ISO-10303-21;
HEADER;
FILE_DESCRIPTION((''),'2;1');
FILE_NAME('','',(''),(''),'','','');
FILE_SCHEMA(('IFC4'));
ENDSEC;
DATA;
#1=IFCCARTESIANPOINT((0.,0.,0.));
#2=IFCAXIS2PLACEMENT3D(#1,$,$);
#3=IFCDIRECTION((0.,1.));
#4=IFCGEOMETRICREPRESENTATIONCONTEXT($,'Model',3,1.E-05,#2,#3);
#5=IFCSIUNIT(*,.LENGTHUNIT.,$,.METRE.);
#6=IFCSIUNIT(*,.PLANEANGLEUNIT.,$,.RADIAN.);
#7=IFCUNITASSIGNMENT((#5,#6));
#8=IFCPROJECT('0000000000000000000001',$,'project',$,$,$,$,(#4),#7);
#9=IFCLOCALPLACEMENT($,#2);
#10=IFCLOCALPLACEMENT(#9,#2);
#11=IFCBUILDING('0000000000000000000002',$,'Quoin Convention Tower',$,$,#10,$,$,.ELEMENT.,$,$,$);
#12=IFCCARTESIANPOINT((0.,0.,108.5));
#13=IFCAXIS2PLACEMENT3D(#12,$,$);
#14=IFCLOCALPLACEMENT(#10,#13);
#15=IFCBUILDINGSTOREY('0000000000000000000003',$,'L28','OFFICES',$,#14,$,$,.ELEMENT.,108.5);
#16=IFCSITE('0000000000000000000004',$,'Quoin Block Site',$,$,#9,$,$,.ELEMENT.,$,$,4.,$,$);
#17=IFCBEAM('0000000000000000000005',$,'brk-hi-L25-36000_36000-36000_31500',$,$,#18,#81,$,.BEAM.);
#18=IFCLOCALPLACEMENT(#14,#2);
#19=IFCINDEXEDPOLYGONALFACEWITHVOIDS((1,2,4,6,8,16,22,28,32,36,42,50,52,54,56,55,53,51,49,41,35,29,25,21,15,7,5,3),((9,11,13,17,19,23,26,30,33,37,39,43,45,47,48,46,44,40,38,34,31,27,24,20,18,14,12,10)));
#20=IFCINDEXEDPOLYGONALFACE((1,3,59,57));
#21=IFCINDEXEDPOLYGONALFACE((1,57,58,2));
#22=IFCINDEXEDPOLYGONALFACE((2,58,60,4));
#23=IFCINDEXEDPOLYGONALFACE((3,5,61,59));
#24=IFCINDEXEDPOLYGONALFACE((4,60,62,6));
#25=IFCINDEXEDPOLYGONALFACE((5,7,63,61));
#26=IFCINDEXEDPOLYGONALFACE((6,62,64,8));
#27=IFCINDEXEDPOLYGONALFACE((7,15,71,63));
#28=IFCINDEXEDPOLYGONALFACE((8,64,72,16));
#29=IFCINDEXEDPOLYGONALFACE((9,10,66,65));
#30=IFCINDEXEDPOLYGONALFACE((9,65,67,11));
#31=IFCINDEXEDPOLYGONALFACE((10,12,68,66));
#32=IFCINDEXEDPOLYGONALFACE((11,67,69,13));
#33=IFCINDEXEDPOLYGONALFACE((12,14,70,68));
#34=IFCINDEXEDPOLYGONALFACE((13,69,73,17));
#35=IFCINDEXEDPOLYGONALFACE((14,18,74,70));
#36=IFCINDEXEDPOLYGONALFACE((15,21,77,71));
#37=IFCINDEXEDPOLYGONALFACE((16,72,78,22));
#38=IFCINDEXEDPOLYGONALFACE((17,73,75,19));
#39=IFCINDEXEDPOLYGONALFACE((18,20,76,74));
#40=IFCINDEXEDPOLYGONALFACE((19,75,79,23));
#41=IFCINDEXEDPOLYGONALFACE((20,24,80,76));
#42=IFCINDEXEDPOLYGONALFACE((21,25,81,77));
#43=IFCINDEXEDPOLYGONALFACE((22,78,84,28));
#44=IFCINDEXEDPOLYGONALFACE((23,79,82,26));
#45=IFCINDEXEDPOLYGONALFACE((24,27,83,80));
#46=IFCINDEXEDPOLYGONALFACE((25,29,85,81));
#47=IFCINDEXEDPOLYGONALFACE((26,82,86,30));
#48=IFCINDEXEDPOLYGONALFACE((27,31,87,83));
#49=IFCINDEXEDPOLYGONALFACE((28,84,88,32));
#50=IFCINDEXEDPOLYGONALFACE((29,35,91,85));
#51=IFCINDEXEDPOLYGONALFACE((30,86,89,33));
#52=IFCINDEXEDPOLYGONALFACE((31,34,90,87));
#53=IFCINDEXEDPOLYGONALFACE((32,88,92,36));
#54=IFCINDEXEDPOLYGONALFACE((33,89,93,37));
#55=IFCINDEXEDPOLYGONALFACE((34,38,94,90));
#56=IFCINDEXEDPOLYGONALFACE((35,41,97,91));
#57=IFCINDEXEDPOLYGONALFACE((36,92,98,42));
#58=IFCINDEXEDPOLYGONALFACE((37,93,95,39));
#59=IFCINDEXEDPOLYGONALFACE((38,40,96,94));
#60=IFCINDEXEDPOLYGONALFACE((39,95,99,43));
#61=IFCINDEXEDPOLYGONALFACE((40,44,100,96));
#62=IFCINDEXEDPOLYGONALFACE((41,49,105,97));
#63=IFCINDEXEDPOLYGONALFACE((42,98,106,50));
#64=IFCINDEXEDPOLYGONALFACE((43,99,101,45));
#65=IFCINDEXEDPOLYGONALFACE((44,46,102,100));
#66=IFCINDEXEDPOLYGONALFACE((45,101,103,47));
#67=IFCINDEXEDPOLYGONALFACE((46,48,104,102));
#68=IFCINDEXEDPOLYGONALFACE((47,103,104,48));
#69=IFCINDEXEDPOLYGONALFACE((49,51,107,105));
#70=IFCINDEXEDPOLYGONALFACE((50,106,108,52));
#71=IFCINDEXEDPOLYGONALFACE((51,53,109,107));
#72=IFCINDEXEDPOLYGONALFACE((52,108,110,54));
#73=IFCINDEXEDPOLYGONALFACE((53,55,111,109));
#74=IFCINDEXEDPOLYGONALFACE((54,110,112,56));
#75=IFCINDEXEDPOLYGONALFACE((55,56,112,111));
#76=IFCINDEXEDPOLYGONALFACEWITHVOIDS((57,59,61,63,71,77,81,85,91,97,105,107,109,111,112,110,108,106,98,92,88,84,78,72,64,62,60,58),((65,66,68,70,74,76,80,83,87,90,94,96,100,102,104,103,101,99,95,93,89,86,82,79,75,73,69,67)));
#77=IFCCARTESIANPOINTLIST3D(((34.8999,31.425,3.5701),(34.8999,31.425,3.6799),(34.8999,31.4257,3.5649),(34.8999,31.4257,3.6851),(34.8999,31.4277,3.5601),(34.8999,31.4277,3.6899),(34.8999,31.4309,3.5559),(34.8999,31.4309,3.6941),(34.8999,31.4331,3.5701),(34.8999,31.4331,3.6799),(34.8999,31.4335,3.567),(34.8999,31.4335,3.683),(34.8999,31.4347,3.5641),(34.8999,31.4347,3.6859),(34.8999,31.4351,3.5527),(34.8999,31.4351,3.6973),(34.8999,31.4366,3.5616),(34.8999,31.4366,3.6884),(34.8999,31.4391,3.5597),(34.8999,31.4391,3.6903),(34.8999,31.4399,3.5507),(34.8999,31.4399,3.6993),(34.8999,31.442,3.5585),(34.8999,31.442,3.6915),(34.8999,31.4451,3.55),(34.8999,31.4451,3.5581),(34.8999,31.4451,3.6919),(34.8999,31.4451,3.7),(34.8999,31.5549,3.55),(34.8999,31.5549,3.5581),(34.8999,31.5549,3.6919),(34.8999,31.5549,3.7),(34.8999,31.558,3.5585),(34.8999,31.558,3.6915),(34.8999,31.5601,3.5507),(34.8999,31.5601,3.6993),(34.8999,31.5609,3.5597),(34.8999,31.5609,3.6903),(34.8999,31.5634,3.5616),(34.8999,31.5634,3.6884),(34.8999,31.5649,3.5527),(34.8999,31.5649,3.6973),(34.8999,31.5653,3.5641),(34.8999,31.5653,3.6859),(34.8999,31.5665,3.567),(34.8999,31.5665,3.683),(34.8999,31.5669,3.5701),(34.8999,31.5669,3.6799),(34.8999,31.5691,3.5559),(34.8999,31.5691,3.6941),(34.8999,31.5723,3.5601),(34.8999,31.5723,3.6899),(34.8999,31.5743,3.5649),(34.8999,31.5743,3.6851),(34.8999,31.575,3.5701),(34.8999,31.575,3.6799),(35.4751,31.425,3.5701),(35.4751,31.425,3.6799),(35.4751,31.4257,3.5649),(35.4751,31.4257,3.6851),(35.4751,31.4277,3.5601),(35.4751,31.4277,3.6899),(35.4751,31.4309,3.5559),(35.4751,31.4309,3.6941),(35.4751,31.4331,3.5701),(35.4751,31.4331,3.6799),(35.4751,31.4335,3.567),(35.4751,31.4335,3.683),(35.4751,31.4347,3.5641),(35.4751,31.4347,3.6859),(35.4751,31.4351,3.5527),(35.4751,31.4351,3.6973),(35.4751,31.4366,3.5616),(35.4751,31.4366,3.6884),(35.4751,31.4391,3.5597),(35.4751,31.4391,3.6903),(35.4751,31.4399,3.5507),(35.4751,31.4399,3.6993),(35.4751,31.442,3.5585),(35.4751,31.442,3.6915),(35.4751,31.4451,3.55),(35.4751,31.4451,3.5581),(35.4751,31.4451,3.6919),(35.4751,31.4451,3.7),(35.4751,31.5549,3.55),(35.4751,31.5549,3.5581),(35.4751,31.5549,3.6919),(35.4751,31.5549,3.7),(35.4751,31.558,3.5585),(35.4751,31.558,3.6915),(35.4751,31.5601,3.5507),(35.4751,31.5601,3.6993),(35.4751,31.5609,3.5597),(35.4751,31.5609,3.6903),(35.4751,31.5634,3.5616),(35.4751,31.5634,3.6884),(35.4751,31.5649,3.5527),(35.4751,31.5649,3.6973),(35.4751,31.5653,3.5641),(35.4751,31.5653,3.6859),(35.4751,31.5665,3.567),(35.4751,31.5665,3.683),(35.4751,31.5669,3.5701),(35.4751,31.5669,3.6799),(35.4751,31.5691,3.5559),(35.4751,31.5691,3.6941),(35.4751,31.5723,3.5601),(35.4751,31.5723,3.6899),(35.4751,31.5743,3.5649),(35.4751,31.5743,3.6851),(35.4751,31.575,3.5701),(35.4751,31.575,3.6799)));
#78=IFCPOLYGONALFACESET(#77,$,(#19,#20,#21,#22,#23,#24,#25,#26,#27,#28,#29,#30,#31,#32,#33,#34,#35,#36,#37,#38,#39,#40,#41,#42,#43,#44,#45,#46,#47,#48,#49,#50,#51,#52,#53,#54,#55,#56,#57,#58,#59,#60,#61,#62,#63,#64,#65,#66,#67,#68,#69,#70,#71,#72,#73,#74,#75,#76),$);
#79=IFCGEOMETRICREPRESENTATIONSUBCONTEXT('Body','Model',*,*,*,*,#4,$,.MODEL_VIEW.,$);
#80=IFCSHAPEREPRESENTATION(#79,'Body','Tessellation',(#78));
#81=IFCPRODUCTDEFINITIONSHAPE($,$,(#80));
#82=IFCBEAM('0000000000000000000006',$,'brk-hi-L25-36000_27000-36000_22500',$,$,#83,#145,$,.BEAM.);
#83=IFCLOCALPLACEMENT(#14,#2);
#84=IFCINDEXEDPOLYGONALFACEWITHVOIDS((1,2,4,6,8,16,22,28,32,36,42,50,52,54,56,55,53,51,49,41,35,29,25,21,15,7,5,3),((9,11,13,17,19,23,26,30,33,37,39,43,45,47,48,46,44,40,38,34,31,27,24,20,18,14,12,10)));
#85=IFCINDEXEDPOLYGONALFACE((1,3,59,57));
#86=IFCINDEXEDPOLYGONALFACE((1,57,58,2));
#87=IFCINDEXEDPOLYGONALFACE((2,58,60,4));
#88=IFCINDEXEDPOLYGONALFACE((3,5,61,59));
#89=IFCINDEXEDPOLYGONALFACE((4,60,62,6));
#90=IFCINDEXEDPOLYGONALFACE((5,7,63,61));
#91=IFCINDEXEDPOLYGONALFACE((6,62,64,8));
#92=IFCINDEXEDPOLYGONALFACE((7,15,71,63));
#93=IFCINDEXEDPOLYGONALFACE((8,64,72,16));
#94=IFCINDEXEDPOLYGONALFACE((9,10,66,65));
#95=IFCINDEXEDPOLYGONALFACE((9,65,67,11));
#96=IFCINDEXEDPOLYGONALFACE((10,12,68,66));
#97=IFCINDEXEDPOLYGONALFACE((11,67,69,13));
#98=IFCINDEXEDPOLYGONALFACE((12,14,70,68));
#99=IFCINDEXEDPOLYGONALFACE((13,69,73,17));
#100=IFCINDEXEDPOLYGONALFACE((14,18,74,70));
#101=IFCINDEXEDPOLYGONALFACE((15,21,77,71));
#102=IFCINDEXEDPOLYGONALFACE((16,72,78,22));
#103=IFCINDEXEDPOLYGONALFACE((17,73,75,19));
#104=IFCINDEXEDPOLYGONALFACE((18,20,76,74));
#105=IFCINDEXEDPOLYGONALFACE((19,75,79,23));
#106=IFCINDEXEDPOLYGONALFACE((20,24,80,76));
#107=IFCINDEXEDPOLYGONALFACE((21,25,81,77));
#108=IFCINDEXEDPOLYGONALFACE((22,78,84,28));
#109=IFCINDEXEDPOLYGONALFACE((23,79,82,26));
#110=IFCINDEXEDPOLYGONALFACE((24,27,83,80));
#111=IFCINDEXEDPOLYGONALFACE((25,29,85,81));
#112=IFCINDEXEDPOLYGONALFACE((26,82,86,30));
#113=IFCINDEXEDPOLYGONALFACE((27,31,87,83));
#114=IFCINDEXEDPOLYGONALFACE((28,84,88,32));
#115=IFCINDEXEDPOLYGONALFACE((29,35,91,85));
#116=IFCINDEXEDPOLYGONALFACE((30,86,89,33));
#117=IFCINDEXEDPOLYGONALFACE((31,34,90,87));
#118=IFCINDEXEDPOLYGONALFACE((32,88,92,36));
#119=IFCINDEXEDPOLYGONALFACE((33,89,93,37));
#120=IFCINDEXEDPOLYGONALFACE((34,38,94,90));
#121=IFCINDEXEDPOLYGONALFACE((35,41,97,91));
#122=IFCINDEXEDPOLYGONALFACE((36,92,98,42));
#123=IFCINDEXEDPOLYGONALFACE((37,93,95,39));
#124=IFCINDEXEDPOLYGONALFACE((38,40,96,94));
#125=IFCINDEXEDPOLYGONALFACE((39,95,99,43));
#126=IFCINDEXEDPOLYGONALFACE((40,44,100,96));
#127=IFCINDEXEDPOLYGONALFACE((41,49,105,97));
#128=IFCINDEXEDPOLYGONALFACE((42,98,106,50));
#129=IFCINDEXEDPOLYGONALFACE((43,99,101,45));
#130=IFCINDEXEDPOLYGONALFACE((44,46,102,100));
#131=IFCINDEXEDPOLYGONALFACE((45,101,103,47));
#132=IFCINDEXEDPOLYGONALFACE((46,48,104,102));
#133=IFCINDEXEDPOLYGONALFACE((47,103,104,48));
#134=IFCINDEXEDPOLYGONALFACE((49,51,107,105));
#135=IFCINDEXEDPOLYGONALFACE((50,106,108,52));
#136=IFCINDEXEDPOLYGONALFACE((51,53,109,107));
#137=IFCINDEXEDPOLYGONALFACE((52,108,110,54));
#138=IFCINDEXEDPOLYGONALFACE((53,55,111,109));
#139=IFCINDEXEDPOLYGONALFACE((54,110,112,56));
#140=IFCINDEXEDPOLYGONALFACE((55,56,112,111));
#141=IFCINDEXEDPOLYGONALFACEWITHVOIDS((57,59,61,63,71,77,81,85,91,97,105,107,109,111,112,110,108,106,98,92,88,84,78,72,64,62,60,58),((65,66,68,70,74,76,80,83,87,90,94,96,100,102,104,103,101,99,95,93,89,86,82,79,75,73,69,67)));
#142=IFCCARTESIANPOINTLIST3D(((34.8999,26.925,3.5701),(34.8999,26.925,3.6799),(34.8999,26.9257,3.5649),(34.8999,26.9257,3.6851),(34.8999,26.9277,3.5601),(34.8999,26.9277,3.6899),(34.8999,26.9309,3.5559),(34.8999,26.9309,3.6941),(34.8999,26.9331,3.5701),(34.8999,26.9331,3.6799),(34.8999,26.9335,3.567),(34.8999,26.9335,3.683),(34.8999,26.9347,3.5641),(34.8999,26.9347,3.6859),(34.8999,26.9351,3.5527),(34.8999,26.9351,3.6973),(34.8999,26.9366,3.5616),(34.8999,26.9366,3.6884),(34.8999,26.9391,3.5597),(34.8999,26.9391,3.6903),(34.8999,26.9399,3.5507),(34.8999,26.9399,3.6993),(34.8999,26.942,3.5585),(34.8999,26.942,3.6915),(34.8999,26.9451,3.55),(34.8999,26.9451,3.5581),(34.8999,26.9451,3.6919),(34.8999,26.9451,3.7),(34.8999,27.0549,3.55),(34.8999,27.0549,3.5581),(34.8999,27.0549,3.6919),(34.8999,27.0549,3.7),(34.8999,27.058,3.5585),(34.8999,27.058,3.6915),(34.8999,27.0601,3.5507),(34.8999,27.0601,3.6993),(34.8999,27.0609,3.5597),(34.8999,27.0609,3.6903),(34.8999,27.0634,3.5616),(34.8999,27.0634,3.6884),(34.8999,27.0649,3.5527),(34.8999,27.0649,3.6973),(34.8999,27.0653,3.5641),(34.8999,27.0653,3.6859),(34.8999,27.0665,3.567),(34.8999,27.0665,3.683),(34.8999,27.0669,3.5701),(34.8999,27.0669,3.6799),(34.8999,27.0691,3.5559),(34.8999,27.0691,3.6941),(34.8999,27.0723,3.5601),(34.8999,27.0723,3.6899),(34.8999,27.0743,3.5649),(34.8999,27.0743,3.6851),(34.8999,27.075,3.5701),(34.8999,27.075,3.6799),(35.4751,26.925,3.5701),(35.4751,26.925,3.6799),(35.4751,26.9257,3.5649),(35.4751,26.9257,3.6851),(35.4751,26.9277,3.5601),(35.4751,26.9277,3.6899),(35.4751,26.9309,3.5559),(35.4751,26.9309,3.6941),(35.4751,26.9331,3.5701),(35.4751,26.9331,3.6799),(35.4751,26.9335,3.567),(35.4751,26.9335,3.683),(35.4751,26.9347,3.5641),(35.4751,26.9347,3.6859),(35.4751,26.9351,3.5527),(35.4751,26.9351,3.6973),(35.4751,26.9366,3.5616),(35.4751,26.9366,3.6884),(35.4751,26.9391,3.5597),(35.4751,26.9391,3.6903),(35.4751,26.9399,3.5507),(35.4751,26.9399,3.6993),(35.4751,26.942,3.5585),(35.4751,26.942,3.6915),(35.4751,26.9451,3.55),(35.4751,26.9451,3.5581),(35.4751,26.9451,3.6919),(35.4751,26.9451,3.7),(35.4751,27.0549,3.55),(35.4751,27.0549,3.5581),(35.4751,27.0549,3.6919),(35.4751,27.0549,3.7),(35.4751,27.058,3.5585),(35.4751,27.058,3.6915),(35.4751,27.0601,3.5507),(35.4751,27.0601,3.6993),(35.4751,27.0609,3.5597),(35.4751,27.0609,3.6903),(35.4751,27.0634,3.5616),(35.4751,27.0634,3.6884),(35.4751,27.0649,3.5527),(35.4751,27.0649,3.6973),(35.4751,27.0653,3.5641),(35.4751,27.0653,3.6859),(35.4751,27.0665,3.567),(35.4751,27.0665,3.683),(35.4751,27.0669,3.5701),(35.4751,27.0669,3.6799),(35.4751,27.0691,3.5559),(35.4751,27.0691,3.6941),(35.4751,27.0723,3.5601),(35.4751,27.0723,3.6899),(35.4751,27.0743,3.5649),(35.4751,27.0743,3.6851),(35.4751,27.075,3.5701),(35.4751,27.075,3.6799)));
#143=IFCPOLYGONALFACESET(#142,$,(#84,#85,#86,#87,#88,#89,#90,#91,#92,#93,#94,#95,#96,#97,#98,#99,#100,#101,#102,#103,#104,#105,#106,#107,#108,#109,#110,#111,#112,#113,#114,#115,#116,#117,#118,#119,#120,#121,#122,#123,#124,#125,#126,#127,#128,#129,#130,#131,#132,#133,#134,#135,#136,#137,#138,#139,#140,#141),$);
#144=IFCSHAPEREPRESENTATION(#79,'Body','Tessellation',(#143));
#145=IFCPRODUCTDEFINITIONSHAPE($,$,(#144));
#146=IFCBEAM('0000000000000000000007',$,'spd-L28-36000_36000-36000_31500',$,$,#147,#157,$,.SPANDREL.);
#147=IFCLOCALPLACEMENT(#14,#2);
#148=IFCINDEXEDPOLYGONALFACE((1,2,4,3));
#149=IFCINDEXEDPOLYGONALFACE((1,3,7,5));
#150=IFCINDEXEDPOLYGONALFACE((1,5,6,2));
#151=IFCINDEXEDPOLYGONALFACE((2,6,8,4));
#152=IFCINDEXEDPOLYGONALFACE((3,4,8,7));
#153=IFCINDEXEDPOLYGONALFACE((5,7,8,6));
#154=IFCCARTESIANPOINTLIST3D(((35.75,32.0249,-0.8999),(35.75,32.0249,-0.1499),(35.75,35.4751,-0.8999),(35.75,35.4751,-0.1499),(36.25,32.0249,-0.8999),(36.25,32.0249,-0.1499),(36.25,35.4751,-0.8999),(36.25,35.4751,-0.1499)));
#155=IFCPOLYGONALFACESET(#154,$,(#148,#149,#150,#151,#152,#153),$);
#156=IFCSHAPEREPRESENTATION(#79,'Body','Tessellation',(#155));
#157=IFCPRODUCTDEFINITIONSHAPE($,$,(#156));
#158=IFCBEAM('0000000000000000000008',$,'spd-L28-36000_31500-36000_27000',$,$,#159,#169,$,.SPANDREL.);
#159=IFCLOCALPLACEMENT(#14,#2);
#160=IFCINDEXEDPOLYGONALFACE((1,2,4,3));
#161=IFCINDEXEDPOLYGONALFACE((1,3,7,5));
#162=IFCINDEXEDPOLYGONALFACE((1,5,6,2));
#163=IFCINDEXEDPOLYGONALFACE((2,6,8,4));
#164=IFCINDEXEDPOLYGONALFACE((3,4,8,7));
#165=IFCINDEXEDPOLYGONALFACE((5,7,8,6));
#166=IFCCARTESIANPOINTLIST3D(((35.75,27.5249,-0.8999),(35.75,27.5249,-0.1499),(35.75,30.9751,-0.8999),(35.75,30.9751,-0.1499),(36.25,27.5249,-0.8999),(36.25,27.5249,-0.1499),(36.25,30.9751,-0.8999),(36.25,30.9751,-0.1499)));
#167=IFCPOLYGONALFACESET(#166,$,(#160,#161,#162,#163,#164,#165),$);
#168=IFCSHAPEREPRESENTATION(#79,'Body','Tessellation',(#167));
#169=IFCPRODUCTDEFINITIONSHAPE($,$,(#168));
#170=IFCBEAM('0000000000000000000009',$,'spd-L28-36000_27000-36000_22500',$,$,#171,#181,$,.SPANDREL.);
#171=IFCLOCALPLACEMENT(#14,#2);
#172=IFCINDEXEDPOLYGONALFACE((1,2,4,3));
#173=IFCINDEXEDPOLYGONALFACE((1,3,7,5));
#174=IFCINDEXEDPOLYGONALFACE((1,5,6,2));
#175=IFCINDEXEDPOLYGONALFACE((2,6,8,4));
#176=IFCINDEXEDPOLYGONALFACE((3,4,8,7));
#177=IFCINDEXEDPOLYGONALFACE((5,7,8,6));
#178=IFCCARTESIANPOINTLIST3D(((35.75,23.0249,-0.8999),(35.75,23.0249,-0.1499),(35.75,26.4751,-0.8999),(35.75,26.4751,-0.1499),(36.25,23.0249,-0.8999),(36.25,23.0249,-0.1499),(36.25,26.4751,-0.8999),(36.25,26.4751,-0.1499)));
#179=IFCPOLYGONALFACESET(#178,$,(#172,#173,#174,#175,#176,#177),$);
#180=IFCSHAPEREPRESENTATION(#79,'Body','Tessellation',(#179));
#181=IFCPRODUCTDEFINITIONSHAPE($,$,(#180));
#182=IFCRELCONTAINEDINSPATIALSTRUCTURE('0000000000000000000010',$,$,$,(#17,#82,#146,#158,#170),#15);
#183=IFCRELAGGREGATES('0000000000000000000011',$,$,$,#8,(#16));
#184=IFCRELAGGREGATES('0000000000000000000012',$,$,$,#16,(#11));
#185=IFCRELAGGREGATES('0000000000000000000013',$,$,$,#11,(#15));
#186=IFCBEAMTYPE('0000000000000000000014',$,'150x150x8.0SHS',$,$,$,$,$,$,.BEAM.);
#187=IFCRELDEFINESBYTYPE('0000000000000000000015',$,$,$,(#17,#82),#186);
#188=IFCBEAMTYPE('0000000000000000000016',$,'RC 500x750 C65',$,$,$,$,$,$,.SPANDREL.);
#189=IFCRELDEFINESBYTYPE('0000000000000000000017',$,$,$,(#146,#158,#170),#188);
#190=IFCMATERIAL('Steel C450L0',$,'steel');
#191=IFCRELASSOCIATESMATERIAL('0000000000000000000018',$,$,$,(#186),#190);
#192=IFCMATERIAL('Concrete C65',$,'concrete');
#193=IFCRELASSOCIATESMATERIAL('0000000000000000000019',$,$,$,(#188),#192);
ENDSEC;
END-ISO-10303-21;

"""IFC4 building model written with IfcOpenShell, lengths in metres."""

from ifc_helpers import new_model, si_unit, direction, frame, origin, origin_2d, place, context, subcontext, project, spatial, rectangle, hollow_rectangle, extrude, material, material_profile, profile_set, type_object, element, save


model = new_model("IFC4")

# Units and contexts
model_context = context("Model", 3, precision=1e-05, world=origin(), true_north=direction((0.0, 1.0)))
body_context = subcontext(model_context, "Body", "Model", "MODEL_VIEW")
ifc_project = project(units=[si_unit("LENGTHUNIT", "METRE"), si_unit("PLANEANGLEUNIT", "RADIAN")], contexts=[model_context])

# Site, building, storey
site_placement = place(None, origin())
site = spatial("IfcSite", under=ifc_project, at=site_placement, Name="Quoin Block Site", CompositionType="ELEMENT", RefElevation=4.0)
building_placement = place(site_placement, origin())
building = spatial("IfcBuilding", under=site, at=building_placement, Name="Quoin Convention Tower", CompositionType="ELEMENT")
storey_placement = place(building_placement, frame((0.0, 0.0, 108.5)))
storey = spatial("IfcBuildingStorey", under=building, at=storey_placement, Name="L28", Description="OFFICES", CompositionType="ELEMENT", Elevation=108.5)

# Shared definitions
ifc_material_1 = material(Name="Concrete C65", Category="concrete")

# Beams
ifc_material_2 = material(Name="Steel C450L0", Category="steel")
ifc_material_profile_1 = material_profile(ifc_material_2, hollow_rectangle(XDim=0.1499, YDim=0.1499, WallThickness=0.0081, InnerFilletRadius=0.012, OuterFilletRadius=0.02, at=origin_2d()), Name="150x150x8.0SHS")
ifc_profile_set_1 = profile_set([ifc_material_profile_1], Name="Steel C450L0")
beam_type_1 = type_object("IfcBeamType", Name="150x150x8.0SHS", PredefinedType="BEAM", material=ifc_profile_set_1)
for number, where, z_axis, x_axis, name in (
    (1, (35.4751, 31.5, 3.625), (-1.0, 0.0, 0.0), (0.0, -1.0, 0.0), "brk-hi-L25-36000_36000-36000_31500"),
    (2, (35.4751, 27.0, 3.625), (-1.0, 0.0, 0.0), (0.0, -1.0, 0.0), "brk-hi-L25-36000_27000-36000_22500"),
):
    element("IfcBeam", number, at=place(storey_placement, frame(where, z_axis=z_axis, x_axis=x_axis)), inside=storey, type_object=beam_type_1, Name=name, PredefinedType="BEAM", context=body_context, shape_type="SweptSolid", body=[
        extrude(hollow_rectangle(XDim=0.1499, YDim=0.1499, WallThickness=0.0081, InnerFilletRadius=0.012, OuterFilletRadius=0.02, at=origin_2d()), origin(), (0.0, 0.0, 1.0), 0.5752),
    ])
ifc_material_profile_2 = material_profile(ifc_material_1, rectangle(XDim=0.5, YDim=0.75, at=origin_2d()), Name="RC 500x750")
ifc_profile_set_2 = profile_set([ifc_material_profile_2], Name="Concrete C65")
beam_type_2 = type_object("IfcBeamType", Name="RC 500x750 C65", PredefinedType="SPANDREL", material=ifc_profile_set_2)
for number, where, z_axis, x_axis, name in (
    (3, (36.0, 35.4751, -0.5249), (0.0, -1.0, 0.0), (1.0, 0.0, 0.0), "spd-L28-36000_36000-36000_31500"),
    (4, (36.0, 30.9751, -0.5249), (0.0, -1.0, 0.0), (1.0, 0.0, 0.0), "spd-L28-36000_31500-36000_27000"),
    (5, (36.0, 26.4751, -0.5249), (0.0, -1.0, 0.0), (1.0, 0.0, 0.0), "spd-L28-36000_27000-36000_22500"),
):
    element("IfcBeam", number, at=place(storey_placement, frame(where, z_axis=z_axis, x_axis=x_axis)), inside=storey, type_object=beam_type_2, Name=name, PredefinedType="SPANDREL", context=body_context, shape_type="SweptSolid", body=[
        extrude(rectangle(XDim=0.5, YDim=0.75, at=origin_2d()), origin(), (0.0, 0.0, 1.0), 3.4502),
    ])

save(model, "model.ifc")
